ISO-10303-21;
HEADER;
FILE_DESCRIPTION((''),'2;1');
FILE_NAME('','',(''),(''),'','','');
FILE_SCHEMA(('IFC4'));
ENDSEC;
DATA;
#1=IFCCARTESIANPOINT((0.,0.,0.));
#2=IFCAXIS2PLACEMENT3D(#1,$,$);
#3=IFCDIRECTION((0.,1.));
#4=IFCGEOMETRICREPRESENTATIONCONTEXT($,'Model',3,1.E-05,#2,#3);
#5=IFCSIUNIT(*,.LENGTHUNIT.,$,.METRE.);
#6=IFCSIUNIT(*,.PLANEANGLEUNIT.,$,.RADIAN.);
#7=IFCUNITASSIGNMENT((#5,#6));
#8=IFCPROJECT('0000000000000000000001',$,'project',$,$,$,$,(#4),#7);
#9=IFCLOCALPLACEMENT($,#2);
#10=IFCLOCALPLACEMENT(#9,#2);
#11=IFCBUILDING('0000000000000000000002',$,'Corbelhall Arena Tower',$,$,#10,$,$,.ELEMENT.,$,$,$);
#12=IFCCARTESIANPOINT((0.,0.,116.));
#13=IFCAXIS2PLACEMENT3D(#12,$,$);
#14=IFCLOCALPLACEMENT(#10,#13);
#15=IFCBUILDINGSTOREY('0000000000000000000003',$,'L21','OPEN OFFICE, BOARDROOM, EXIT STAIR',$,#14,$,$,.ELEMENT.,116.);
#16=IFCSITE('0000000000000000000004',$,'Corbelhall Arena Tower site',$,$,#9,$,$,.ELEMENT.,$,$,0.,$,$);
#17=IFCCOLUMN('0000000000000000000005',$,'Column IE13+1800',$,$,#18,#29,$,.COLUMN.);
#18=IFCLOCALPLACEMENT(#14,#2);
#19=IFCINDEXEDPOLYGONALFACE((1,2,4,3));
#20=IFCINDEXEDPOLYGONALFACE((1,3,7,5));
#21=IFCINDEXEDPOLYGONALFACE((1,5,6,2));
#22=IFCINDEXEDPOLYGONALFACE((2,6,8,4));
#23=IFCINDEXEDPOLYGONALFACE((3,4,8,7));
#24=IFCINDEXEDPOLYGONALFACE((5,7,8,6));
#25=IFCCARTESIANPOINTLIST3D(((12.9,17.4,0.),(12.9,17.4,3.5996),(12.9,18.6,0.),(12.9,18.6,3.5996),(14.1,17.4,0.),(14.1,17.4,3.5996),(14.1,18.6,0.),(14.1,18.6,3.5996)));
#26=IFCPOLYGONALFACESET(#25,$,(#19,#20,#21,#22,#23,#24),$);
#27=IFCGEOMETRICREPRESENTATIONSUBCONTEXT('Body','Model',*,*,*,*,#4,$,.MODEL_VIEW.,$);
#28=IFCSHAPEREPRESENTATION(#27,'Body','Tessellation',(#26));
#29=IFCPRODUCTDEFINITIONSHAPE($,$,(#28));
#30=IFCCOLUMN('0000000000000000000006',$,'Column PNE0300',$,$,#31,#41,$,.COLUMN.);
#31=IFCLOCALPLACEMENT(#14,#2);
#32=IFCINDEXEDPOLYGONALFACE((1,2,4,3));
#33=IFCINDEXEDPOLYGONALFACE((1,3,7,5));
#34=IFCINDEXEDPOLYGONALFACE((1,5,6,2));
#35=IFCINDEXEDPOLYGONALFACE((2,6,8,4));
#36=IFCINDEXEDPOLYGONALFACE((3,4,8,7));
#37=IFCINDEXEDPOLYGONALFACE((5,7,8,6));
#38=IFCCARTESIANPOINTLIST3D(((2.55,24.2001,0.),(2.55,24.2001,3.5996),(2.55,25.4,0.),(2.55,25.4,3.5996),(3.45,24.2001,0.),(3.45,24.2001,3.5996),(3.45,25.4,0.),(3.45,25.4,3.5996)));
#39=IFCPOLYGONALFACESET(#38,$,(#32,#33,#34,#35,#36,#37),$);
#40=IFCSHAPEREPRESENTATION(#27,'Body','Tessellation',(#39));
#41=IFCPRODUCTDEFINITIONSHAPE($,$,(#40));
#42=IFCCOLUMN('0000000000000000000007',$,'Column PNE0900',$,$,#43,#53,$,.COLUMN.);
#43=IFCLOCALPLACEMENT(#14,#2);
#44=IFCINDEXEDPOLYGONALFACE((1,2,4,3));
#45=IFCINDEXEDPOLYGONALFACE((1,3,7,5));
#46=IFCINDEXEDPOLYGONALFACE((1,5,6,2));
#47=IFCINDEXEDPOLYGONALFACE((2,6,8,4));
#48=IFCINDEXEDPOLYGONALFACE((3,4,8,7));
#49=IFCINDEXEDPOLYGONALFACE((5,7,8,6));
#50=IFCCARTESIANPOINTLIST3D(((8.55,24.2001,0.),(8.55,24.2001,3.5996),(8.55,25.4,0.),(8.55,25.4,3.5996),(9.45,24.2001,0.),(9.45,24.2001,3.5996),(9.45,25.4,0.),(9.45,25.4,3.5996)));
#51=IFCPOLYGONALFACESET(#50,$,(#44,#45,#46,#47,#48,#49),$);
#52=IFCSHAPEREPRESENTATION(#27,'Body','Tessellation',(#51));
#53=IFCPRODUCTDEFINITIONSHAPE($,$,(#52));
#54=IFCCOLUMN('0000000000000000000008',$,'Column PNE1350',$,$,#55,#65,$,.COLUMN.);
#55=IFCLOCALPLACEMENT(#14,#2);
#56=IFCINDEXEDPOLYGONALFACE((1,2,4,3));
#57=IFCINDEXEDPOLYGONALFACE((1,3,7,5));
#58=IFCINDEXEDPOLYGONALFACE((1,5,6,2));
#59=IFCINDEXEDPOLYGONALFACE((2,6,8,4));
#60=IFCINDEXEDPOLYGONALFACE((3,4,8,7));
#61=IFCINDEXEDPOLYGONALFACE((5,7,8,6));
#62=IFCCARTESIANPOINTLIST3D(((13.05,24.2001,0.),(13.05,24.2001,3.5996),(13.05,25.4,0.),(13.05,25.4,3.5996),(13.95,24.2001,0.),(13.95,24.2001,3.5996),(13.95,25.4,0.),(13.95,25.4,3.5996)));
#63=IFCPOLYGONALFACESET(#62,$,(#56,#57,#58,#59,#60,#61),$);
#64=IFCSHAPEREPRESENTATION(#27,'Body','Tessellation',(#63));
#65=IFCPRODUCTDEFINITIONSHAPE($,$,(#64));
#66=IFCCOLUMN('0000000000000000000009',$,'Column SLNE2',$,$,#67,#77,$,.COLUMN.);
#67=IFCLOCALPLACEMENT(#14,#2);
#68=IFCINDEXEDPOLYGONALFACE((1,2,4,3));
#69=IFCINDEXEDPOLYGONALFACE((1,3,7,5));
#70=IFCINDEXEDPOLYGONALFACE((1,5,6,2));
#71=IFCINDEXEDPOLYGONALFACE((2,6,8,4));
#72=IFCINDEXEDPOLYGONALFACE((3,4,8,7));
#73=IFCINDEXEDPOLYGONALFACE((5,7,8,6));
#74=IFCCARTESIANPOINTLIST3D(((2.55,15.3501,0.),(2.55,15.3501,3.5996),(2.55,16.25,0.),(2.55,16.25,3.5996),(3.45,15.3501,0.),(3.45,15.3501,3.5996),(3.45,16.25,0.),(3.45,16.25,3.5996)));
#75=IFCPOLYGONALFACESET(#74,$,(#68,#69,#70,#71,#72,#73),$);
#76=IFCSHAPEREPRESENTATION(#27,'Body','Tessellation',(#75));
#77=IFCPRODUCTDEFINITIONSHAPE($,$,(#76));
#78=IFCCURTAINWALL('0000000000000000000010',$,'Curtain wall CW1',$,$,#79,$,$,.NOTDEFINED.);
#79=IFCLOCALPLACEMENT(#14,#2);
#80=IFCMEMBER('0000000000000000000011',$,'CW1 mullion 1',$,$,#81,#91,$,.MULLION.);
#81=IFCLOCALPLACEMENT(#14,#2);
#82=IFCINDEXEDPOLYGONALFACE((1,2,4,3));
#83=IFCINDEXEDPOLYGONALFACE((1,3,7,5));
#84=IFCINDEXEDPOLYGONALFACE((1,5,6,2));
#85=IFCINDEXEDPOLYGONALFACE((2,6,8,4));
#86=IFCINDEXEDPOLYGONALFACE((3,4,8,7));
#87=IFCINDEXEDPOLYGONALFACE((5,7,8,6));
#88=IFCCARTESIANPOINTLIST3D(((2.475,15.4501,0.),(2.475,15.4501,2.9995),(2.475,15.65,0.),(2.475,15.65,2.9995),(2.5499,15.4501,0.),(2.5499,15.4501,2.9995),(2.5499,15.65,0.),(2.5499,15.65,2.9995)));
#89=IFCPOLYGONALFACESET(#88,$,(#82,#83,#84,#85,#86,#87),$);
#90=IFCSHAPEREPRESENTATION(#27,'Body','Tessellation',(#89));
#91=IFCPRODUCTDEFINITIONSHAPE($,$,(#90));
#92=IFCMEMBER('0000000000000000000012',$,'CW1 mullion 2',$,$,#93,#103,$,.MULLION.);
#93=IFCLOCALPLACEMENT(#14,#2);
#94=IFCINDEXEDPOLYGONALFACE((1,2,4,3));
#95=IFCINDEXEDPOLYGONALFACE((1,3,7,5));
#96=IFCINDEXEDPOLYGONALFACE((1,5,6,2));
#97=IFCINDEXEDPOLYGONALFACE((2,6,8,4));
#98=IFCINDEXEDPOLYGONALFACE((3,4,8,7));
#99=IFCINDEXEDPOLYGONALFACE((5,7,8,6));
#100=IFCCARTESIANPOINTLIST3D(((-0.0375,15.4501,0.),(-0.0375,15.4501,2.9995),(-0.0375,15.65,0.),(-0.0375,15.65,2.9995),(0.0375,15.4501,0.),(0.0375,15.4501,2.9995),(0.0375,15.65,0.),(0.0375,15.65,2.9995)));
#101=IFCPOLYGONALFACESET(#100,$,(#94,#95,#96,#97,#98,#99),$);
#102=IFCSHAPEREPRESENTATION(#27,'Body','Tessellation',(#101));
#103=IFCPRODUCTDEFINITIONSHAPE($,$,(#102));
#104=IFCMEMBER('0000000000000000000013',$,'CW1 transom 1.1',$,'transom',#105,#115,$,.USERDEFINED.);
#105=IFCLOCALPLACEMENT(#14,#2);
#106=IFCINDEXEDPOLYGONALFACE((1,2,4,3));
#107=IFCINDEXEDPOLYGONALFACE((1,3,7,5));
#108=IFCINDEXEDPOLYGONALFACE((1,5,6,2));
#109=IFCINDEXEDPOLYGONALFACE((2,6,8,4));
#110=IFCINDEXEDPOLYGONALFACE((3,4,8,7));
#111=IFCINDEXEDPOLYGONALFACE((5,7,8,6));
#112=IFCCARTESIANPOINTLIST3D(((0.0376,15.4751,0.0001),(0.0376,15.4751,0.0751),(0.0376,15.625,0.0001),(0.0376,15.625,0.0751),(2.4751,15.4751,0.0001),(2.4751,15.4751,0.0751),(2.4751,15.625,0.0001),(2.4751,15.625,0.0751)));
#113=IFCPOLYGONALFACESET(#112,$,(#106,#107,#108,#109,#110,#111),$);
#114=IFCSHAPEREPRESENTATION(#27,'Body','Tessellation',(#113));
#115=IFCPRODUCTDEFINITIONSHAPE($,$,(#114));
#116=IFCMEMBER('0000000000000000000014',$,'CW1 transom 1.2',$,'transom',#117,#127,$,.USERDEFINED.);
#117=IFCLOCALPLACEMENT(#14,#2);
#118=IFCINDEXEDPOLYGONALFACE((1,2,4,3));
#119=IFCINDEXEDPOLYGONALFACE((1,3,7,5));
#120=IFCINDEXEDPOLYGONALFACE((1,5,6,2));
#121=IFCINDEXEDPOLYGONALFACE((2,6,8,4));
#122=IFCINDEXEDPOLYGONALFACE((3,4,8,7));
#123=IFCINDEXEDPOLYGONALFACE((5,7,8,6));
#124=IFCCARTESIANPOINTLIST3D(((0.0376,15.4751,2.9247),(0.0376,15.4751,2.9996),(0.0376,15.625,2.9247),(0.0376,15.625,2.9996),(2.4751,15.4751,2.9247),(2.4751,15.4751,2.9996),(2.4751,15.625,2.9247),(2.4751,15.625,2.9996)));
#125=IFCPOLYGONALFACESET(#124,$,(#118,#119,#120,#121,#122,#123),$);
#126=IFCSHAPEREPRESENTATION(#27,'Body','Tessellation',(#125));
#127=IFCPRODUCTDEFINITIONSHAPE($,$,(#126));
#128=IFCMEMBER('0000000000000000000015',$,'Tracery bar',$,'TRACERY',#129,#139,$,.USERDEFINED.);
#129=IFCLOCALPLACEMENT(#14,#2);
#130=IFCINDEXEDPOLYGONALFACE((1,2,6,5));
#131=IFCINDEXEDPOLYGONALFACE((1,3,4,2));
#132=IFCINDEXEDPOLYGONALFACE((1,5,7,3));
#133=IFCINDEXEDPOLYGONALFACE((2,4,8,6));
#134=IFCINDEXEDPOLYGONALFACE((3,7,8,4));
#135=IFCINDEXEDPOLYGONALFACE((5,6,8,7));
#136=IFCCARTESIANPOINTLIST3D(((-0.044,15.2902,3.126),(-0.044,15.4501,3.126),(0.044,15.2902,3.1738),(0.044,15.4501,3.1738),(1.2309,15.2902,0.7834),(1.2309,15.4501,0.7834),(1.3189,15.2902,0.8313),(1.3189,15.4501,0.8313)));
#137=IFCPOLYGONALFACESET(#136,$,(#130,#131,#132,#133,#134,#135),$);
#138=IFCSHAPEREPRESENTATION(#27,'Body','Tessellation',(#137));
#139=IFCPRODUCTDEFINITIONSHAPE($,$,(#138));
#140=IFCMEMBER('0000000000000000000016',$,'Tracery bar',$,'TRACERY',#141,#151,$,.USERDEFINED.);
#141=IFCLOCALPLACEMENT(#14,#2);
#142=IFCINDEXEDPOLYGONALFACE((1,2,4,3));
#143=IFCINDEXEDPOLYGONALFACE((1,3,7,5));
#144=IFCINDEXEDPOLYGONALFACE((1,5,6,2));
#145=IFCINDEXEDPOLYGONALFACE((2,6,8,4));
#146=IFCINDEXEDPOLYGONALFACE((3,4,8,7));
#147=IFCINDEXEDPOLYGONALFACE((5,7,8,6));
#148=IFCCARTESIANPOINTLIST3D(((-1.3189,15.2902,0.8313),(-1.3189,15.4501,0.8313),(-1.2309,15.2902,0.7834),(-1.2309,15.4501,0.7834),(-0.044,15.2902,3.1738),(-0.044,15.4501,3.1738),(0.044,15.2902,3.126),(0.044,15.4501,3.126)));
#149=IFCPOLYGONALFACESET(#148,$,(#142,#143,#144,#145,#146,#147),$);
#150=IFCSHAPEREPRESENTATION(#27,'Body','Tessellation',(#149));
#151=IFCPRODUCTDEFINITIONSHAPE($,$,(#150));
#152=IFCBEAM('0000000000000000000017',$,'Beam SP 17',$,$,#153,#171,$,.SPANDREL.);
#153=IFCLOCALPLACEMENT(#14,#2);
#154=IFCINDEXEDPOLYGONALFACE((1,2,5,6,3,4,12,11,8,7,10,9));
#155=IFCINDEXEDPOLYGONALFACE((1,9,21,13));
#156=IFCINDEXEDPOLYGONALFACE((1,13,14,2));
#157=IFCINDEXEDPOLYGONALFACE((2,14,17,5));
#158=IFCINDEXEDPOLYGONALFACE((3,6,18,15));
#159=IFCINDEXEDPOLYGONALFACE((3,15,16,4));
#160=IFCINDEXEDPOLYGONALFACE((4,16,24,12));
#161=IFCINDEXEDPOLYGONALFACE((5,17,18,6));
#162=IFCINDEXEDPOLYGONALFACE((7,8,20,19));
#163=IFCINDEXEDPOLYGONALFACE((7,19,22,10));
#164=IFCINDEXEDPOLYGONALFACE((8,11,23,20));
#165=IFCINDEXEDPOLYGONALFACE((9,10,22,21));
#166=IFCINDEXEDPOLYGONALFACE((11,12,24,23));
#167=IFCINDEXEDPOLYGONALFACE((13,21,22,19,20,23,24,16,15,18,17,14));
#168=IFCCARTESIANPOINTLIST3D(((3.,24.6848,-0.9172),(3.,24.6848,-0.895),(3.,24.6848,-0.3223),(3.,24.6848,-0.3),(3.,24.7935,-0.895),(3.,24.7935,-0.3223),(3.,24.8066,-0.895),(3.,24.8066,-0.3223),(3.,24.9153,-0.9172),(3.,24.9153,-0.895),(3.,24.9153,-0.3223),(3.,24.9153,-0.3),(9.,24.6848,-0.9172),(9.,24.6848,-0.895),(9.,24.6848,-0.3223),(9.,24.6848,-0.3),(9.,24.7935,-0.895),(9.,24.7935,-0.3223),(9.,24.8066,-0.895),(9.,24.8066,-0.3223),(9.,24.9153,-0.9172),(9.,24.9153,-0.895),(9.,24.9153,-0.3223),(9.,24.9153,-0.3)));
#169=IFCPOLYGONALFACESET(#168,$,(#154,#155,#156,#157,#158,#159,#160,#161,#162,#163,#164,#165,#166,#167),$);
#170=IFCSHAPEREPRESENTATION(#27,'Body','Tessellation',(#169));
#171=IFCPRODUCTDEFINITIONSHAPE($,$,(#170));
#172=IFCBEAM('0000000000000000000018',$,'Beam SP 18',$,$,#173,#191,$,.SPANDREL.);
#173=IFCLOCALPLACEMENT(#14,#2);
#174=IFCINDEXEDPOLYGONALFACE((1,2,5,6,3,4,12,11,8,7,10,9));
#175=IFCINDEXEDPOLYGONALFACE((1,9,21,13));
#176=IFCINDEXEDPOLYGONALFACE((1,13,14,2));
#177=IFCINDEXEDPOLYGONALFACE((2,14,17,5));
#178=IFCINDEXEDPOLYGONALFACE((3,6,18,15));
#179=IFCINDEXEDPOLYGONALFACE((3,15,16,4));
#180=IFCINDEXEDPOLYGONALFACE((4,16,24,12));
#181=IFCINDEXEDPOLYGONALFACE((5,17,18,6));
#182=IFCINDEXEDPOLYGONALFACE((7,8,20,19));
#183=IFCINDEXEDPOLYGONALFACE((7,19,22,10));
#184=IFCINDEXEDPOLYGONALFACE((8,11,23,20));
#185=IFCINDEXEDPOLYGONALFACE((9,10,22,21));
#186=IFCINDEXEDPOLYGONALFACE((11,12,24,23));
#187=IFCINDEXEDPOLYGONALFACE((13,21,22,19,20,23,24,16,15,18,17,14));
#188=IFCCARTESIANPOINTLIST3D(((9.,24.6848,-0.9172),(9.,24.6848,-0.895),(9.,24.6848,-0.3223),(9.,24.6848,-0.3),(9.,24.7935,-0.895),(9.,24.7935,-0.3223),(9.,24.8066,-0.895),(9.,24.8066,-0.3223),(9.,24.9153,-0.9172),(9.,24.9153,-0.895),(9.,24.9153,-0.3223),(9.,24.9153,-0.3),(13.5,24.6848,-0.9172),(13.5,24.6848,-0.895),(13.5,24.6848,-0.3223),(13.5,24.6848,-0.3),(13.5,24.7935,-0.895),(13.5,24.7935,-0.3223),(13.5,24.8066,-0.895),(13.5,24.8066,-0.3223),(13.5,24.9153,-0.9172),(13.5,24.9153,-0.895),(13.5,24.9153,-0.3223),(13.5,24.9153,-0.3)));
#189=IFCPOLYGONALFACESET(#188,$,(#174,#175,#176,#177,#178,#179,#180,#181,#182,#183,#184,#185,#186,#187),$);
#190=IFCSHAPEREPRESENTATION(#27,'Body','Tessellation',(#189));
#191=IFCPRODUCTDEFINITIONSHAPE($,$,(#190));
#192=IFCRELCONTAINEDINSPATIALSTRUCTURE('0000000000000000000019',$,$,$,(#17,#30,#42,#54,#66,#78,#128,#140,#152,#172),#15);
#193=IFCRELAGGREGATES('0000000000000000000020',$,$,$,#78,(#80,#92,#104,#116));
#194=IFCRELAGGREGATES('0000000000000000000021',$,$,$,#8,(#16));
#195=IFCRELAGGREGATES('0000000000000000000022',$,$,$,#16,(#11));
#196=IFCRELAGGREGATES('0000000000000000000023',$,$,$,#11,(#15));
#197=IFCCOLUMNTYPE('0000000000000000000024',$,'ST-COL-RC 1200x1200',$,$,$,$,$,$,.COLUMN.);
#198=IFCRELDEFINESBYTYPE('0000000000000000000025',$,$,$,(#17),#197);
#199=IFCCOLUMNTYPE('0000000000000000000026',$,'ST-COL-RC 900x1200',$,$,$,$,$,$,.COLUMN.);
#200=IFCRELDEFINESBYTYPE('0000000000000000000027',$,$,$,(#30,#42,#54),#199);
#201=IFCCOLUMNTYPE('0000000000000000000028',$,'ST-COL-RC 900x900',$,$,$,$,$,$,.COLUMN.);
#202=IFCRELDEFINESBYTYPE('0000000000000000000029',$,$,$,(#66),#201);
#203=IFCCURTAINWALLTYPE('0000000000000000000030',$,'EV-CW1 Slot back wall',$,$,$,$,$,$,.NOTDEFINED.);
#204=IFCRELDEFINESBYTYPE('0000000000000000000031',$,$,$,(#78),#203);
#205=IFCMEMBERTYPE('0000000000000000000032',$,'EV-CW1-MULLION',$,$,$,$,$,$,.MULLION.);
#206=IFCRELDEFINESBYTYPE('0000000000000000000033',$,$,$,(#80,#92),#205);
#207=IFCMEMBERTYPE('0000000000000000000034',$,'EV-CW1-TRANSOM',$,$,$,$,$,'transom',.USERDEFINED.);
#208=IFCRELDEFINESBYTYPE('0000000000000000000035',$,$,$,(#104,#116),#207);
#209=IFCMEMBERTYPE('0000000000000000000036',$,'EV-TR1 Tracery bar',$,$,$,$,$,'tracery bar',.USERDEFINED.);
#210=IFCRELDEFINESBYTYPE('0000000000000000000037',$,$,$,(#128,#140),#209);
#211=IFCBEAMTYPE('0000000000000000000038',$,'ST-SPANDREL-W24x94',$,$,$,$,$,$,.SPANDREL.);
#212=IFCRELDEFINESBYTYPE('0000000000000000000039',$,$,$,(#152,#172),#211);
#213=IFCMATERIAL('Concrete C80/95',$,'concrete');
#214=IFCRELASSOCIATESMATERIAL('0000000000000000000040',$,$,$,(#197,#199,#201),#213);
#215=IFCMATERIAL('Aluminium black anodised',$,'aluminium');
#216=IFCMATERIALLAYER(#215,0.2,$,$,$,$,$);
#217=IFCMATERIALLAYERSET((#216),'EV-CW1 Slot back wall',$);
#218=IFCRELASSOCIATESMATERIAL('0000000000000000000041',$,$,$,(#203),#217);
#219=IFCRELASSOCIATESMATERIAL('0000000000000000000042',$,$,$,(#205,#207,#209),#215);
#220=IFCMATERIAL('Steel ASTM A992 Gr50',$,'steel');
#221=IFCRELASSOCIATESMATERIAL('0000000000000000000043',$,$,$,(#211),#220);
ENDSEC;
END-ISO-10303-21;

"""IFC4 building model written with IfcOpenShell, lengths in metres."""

from ifc_helpers import new_model, si_unit, direction, frame, origin, origin_2d, place, context, subcontext, project, spatial, rectangle, i_section, extrude, material, layer, layer_set, material_profile, profile_set, type_object, element, aggregate, save


model = new_model("IFC4")

# Units and contexts
model_context = context("Model", 3, precision=1e-05, world=origin(), true_north=direction((0.0, 1.0)))
body_context = subcontext(model_context, "Body", "Model", "MODEL_VIEW")
ifc_project = project(units=[si_unit("LENGTHUNIT", "METRE"), si_unit("PLANEANGLEUNIT", "RADIAN")], contexts=[model_context])

# Site, building, storey
site_placement = place(None, origin())
site = spatial("IfcSite", under=ifc_project, at=site_placement, Name="Corbelhall Arena Tower site", CompositionType="ELEMENT", RefElevation=0.0)
building_placement = place(site_placement, origin())
building = spatial("IfcBuilding", under=site, at=building_placement, Name="Corbelhall Arena Tower", CompositionType="ELEMENT")
storey_placement = place(building_placement, frame((0.0, 0.0, 116.0)))
storey = spatial("IfcBuildingStorey", under=building, at=storey_placement, Name="L21", Description="OPEN OFFICE, BOARDROOM, EXIT STAIR", CompositionType="ELEMENT", Elevation=116.0)

# Columns
ifc_material_1 = material(Name="Concrete C80/95", Category="concrete")
ifc_material_profile_1 = material_profile(ifc_material_1, rectangle(XDim=1.2, YDim=1.2, at=origin_2d()))
ifc_profile_set_1 = profile_set([ifc_material_profile_1], Name="Concrete C80/95")
column_type_1 = type_object("IfcColumnType", Name="ST-COL-RC 1200x1200", PredefinedType="COLUMN", material=ifc_profile_set_1)
column_1_placement = place(storey_placement, frame((13.5, 18.0, 0.0), z_axis=(0.0, 0.0, 1.0), x_axis=(1.0, 0.0, 0.0)))
element("IfcColumn", 1, at=column_1_placement, inside=storey, type_object=column_type_1, Name="Column IE13+1800", PredefinedType="COLUMN", context=body_context, shape_type="SweptSolid", body=[
    extrude(rectangle(XDim=1.2, YDim=1.2, at=origin_2d()), origin(), (0.0, 0.0, 1.0), 3.5996),
])
ifc_material_profile_2 = material_profile(ifc_material_1, rectangle(XDim=0.8999, YDim=1.2, at=origin_2d()))
ifc_profile_set_2 = profile_set([ifc_material_profile_2], Name="Concrete C80/95")
column_type_2 = type_object("IfcColumnType", Name="ST-COL-RC 900x1200", PredefinedType="COLUMN", material=ifc_profile_set_2)
for number, where, z_axis, x_axis, name in (
    (2, (3.0, 24.8, 0.0), (0.0, 0.0, 1.0), (1.0, 0.0, 0.0), "Column PNE0300"),
    (3, (9.0, 24.8, 0.0), (0.0, 0.0, 1.0), (1.0, 0.0, 0.0), "Column PNE0900"),
    (4, (13.5, 24.8, 0.0), (0.0, 0.0, 1.0), (1.0, 0.0, 0.0), "Column PNE1350"),
):
    element("IfcColumn", number, at=place(storey_placement, frame(where, z_axis=z_axis, x_axis=x_axis)), inside=storey, type_object=column_type_2, Name=name, PredefinedType="COLUMN", context=body_context, shape_type="SweptSolid", body=[
        extrude(rectangle(XDim=0.8999, YDim=1.2, at=origin_2d()), origin(), (0.0, 0.0, 1.0), 3.5996),
    ])
ifc_material_profile_3 = material_profile(ifc_material_1, rectangle(XDim=0.8999, YDim=0.8999, at=origin_2d()))
ifc_profile_set_3 = profile_set([ifc_material_profile_3], Name="Concrete C80/95")
column_type_3 = type_object("IfcColumnType", Name="ST-COL-RC 900x900", PredefinedType="COLUMN", material=ifc_profile_set_3)
column_2_placement = place(storey_placement, frame((3.0, 15.8, 0.0), z_axis=(0.0, 0.0, 1.0), x_axis=(1.0, 0.0, 0.0)))
element("IfcColumn", 5, at=column_2_placement, inside=storey, type_object=column_type_3, Name="Column SLNE2", PredefinedType="COLUMN", context=body_context, shape_type="SweptSolid", body=[
    extrude(rectangle(XDim=0.8999, YDim=0.8999, at=origin_2d()), origin(), (0.0, 0.0, 1.0), 3.5996),
])

# Curtain wall, members
ifc_material_2 = material(Name="Aluminium black anodised", Category="aluminium")
ifc_layer_1 = layer(ifc_material_2, 0.2)
ifc_layer_set_1 = layer_set([ifc_layer_1], Name="EV-CW1 Slot back wall")
curtain_wall_type = type_object("IfcCurtainWallType", Name="EV-CW1 Slot back wall", PredefinedType="NOTDEFINED", material=ifc_layer_set_1)
curtain_wall_placement = place(storey_placement, origin())
curtain_wall = element("IfcCurtainWall", 6, at=curtain_wall_placement, inside=storey, type_object=curtain_wall_type, Name="Curtain wall CW1", PredefinedType="NOTDEFINED")
ifc_material_profile_4 = material_profile(ifc_material_2, rectangle(XDim=0.2, YDim=0.075, at=origin_2d()))
ifc_profile_set_4 = profile_set([ifc_material_profile_4], Name="Aluminium black anodised")
member_type_1 = type_object("IfcMemberType", Name="EV-CW1-MULLION", PredefinedType="MULLION", material=ifc_profile_set_4)
member_1_placement = place(storey_placement, frame((2.5125, 15.55, 0.0), z_axis=(0.0, 0.0, 1.0), x_axis=(0.0, -1.0, 0.0)))
member_1 = element("IfcMember", 7, at=member_1_placement, type_object=member_type_1, Name="CW1 mullion 1", PredefinedType="MULLION", context=body_context, shape_type="SweptSolid", body=[
    extrude(rectangle(XDim=0.2, YDim=0.075, at=origin_2d()), origin(), (0.0, 0.0, 1.0), 2.9995),
])
member_2_placement = place(storey_placement, frame((0.0, 15.55, 0.0), z_axis=(0.0, 0.0, 1.0), x_axis=(0.0, -1.0, 0.0)))
member_2 = element("IfcMember", 8, at=member_2_placement, type_object=member_type_1, Name="CW1 mullion 2", PredefinedType="MULLION", context=body_context, shape_type="SweptSolid", body=[
    extrude(rectangle(XDim=0.2, YDim=0.075, at=origin_2d()), origin(), (0.0, 0.0, 1.0), 2.9995),
])
ifc_material_profile_5 = material_profile(ifc_material_2, rectangle(XDim=0.1499, YDim=0.075, at=origin_2d()))
ifc_profile_set_5 = profile_set([ifc_material_profile_5], Name="Aluminium black anodised")
member_type_2 = type_object("IfcMemberType", Name="EV-CW1-TRANSOM", ElementType="transom", PredefinedType="USERDEFINED", material=ifc_profile_set_5)
member_3_placement = place(storey_placement, frame((2.4751, 15.55, 0.0376), z_axis=(-1.0, 0.0, 0.0), x_axis=(0.0, -1.0, 0.0)))
member_3 = element("IfcMember", 9, at=member_3_placement, type_object=member_type_2, Name="CW1 transom 1.1", ObjectType="transom", PredefinedType="USERDEFINED", context=body_context, shape_type="SweptSolid", body=[
    extrude(rectangle(XDim=0.1499, YDim=0.075, at=origin_2d()), origin(), (0.0, 0.0, 1.0), 2.4375),
])
member_4_placement = place(storey_placement, frame((2.4751, 15.55, 2.9622), z_axis=(-1.0, 0.0, 0.0), x_axis=(0.0, -1.0, 0.0)))
member_4 = element("IfcMember", 10, at=member_4_placement, type_object=member_type_2, Name="CW1 transom 1.2", ObjectType="transom", PredefinedType="USERDEFINED", context=body_context, shape_type="SweptSolid", body=[
    extrude(rectangle(XDim=0.1499, YDim=0.075, at=origin_2d()), origin(), (0.0, 0.0, 1.0), 2.4375),
])

# Members
ifc_material_profile_6 = material_profile(ifc_material_2, rectangle(XDim=0.1599, YDim=0.1001, at=origin_2d()))
ifc_profile_set_6 = profile_set([ifc_material_profile_6], Name="Aluminium black anodised")
member_type_3 = type_object("IfcMemberType", Name="EV-TR1 Tracery bar", ElementType="tracery bar", PredefinedType="USERDEFINED", material=ifc_profile_set_6)
for number, where, z_axis, x_axis, name in (
    (11, (1.2749, 15.3701, 0.8074), (-0.478031, 0.0, 0.878343), (0.0, -1.0, 0.0), "Tracery bar"),
    (12, (0.0, 15.3701, 3.1499), (-0.478031, 0.0, -0.878343), (0.0, -1.0, 0.0), "Tracery bar"),
):
    element("IfcMember", number, at=place(storey_placement, frame(where, z_axis=z_axis, x_axis=x_axis)), inside=storey, type_object=member_type_3, Name=name, ObjectType="TRACERY", PredefinedType="USERDEFINED", context=body_context, shape_type="SweptSolid", body=[
        extrude(rectangle(XDim=0.1599, YDim=0.1001, at=origin_2d()), origin(), (0.0, 0.0, 1.0), 2.667),
    ])

# Beams
ifc_material_3 = material(Name="Steel ASTM A992 Gr50", Category="steel")
ifc_material_profile_7 = material_profile(ifc_material_3, i_section(OverallWidth=0.2305, OverallDepth=0.6172, WebThickness=0.0132, FlangeThickness=0.0222, at=origin_2d()))
ifc_profile_set_7 = profile_set([ifc_material_profile_7], Name="Steel ASTM A992 Gr50")
beam_type_1 = type_object("IfcBeamType", Name="ST-SPANDREL-W24x94", PredefinedType="SPANDREL", material=ifc_profile_set_7)
beam_1_placement = place(storey_placement, frame((3.0, 24.8, -0.6086), z_axis=(1.0, 0.0, 0.0), x_axis=(0.0, 1.0, 0.0)))
element("IfcBeam", 13, at=beam_1_placement, inside=storey, type_object=beam_type_1, Name="Beam SP 17", PredefinedType="SPANDREL", context=body_context, shape_type="SweptSolid", body=[
    extrude(i_section(OverallWidth=0.2305, OverallDepth=0.6172, WebThickness=0.0132, FlangeThickness=0.0222, at=origin_2d()), origin(), (0.0, 0.0, 1.0), 6.0),
])
for number, where, z_axis, x_axis, name in (
    (14, (9.0, 24.8, -0.6086), (1.0, 0.0, 0.0), (0.0, 1.0, 0.0), "Beam SP 18"),
):
    element("IfcBeam", number, at=place(storey_placement, frame(where, z_axis=z_axis, x_axis=x_axis)), inside=storey, type_object=beam_type_1, Name=name, PredefinedType="SPANDREL", context=body_context, shape_type="SweptSolid", body=[
        extrude(i_section(OverallWidth=0.2305, OverallDepth=0.6172, WebThickness=0.0132, FlangeThickness=0.0222, at=origin_2d()), origin(), (0.0, 0.0, 1.0), 4.5),
    ])

aggregate(curtain_wall, [member_1, member_2, member_3, member_4])

save(model, "model.ifc")
